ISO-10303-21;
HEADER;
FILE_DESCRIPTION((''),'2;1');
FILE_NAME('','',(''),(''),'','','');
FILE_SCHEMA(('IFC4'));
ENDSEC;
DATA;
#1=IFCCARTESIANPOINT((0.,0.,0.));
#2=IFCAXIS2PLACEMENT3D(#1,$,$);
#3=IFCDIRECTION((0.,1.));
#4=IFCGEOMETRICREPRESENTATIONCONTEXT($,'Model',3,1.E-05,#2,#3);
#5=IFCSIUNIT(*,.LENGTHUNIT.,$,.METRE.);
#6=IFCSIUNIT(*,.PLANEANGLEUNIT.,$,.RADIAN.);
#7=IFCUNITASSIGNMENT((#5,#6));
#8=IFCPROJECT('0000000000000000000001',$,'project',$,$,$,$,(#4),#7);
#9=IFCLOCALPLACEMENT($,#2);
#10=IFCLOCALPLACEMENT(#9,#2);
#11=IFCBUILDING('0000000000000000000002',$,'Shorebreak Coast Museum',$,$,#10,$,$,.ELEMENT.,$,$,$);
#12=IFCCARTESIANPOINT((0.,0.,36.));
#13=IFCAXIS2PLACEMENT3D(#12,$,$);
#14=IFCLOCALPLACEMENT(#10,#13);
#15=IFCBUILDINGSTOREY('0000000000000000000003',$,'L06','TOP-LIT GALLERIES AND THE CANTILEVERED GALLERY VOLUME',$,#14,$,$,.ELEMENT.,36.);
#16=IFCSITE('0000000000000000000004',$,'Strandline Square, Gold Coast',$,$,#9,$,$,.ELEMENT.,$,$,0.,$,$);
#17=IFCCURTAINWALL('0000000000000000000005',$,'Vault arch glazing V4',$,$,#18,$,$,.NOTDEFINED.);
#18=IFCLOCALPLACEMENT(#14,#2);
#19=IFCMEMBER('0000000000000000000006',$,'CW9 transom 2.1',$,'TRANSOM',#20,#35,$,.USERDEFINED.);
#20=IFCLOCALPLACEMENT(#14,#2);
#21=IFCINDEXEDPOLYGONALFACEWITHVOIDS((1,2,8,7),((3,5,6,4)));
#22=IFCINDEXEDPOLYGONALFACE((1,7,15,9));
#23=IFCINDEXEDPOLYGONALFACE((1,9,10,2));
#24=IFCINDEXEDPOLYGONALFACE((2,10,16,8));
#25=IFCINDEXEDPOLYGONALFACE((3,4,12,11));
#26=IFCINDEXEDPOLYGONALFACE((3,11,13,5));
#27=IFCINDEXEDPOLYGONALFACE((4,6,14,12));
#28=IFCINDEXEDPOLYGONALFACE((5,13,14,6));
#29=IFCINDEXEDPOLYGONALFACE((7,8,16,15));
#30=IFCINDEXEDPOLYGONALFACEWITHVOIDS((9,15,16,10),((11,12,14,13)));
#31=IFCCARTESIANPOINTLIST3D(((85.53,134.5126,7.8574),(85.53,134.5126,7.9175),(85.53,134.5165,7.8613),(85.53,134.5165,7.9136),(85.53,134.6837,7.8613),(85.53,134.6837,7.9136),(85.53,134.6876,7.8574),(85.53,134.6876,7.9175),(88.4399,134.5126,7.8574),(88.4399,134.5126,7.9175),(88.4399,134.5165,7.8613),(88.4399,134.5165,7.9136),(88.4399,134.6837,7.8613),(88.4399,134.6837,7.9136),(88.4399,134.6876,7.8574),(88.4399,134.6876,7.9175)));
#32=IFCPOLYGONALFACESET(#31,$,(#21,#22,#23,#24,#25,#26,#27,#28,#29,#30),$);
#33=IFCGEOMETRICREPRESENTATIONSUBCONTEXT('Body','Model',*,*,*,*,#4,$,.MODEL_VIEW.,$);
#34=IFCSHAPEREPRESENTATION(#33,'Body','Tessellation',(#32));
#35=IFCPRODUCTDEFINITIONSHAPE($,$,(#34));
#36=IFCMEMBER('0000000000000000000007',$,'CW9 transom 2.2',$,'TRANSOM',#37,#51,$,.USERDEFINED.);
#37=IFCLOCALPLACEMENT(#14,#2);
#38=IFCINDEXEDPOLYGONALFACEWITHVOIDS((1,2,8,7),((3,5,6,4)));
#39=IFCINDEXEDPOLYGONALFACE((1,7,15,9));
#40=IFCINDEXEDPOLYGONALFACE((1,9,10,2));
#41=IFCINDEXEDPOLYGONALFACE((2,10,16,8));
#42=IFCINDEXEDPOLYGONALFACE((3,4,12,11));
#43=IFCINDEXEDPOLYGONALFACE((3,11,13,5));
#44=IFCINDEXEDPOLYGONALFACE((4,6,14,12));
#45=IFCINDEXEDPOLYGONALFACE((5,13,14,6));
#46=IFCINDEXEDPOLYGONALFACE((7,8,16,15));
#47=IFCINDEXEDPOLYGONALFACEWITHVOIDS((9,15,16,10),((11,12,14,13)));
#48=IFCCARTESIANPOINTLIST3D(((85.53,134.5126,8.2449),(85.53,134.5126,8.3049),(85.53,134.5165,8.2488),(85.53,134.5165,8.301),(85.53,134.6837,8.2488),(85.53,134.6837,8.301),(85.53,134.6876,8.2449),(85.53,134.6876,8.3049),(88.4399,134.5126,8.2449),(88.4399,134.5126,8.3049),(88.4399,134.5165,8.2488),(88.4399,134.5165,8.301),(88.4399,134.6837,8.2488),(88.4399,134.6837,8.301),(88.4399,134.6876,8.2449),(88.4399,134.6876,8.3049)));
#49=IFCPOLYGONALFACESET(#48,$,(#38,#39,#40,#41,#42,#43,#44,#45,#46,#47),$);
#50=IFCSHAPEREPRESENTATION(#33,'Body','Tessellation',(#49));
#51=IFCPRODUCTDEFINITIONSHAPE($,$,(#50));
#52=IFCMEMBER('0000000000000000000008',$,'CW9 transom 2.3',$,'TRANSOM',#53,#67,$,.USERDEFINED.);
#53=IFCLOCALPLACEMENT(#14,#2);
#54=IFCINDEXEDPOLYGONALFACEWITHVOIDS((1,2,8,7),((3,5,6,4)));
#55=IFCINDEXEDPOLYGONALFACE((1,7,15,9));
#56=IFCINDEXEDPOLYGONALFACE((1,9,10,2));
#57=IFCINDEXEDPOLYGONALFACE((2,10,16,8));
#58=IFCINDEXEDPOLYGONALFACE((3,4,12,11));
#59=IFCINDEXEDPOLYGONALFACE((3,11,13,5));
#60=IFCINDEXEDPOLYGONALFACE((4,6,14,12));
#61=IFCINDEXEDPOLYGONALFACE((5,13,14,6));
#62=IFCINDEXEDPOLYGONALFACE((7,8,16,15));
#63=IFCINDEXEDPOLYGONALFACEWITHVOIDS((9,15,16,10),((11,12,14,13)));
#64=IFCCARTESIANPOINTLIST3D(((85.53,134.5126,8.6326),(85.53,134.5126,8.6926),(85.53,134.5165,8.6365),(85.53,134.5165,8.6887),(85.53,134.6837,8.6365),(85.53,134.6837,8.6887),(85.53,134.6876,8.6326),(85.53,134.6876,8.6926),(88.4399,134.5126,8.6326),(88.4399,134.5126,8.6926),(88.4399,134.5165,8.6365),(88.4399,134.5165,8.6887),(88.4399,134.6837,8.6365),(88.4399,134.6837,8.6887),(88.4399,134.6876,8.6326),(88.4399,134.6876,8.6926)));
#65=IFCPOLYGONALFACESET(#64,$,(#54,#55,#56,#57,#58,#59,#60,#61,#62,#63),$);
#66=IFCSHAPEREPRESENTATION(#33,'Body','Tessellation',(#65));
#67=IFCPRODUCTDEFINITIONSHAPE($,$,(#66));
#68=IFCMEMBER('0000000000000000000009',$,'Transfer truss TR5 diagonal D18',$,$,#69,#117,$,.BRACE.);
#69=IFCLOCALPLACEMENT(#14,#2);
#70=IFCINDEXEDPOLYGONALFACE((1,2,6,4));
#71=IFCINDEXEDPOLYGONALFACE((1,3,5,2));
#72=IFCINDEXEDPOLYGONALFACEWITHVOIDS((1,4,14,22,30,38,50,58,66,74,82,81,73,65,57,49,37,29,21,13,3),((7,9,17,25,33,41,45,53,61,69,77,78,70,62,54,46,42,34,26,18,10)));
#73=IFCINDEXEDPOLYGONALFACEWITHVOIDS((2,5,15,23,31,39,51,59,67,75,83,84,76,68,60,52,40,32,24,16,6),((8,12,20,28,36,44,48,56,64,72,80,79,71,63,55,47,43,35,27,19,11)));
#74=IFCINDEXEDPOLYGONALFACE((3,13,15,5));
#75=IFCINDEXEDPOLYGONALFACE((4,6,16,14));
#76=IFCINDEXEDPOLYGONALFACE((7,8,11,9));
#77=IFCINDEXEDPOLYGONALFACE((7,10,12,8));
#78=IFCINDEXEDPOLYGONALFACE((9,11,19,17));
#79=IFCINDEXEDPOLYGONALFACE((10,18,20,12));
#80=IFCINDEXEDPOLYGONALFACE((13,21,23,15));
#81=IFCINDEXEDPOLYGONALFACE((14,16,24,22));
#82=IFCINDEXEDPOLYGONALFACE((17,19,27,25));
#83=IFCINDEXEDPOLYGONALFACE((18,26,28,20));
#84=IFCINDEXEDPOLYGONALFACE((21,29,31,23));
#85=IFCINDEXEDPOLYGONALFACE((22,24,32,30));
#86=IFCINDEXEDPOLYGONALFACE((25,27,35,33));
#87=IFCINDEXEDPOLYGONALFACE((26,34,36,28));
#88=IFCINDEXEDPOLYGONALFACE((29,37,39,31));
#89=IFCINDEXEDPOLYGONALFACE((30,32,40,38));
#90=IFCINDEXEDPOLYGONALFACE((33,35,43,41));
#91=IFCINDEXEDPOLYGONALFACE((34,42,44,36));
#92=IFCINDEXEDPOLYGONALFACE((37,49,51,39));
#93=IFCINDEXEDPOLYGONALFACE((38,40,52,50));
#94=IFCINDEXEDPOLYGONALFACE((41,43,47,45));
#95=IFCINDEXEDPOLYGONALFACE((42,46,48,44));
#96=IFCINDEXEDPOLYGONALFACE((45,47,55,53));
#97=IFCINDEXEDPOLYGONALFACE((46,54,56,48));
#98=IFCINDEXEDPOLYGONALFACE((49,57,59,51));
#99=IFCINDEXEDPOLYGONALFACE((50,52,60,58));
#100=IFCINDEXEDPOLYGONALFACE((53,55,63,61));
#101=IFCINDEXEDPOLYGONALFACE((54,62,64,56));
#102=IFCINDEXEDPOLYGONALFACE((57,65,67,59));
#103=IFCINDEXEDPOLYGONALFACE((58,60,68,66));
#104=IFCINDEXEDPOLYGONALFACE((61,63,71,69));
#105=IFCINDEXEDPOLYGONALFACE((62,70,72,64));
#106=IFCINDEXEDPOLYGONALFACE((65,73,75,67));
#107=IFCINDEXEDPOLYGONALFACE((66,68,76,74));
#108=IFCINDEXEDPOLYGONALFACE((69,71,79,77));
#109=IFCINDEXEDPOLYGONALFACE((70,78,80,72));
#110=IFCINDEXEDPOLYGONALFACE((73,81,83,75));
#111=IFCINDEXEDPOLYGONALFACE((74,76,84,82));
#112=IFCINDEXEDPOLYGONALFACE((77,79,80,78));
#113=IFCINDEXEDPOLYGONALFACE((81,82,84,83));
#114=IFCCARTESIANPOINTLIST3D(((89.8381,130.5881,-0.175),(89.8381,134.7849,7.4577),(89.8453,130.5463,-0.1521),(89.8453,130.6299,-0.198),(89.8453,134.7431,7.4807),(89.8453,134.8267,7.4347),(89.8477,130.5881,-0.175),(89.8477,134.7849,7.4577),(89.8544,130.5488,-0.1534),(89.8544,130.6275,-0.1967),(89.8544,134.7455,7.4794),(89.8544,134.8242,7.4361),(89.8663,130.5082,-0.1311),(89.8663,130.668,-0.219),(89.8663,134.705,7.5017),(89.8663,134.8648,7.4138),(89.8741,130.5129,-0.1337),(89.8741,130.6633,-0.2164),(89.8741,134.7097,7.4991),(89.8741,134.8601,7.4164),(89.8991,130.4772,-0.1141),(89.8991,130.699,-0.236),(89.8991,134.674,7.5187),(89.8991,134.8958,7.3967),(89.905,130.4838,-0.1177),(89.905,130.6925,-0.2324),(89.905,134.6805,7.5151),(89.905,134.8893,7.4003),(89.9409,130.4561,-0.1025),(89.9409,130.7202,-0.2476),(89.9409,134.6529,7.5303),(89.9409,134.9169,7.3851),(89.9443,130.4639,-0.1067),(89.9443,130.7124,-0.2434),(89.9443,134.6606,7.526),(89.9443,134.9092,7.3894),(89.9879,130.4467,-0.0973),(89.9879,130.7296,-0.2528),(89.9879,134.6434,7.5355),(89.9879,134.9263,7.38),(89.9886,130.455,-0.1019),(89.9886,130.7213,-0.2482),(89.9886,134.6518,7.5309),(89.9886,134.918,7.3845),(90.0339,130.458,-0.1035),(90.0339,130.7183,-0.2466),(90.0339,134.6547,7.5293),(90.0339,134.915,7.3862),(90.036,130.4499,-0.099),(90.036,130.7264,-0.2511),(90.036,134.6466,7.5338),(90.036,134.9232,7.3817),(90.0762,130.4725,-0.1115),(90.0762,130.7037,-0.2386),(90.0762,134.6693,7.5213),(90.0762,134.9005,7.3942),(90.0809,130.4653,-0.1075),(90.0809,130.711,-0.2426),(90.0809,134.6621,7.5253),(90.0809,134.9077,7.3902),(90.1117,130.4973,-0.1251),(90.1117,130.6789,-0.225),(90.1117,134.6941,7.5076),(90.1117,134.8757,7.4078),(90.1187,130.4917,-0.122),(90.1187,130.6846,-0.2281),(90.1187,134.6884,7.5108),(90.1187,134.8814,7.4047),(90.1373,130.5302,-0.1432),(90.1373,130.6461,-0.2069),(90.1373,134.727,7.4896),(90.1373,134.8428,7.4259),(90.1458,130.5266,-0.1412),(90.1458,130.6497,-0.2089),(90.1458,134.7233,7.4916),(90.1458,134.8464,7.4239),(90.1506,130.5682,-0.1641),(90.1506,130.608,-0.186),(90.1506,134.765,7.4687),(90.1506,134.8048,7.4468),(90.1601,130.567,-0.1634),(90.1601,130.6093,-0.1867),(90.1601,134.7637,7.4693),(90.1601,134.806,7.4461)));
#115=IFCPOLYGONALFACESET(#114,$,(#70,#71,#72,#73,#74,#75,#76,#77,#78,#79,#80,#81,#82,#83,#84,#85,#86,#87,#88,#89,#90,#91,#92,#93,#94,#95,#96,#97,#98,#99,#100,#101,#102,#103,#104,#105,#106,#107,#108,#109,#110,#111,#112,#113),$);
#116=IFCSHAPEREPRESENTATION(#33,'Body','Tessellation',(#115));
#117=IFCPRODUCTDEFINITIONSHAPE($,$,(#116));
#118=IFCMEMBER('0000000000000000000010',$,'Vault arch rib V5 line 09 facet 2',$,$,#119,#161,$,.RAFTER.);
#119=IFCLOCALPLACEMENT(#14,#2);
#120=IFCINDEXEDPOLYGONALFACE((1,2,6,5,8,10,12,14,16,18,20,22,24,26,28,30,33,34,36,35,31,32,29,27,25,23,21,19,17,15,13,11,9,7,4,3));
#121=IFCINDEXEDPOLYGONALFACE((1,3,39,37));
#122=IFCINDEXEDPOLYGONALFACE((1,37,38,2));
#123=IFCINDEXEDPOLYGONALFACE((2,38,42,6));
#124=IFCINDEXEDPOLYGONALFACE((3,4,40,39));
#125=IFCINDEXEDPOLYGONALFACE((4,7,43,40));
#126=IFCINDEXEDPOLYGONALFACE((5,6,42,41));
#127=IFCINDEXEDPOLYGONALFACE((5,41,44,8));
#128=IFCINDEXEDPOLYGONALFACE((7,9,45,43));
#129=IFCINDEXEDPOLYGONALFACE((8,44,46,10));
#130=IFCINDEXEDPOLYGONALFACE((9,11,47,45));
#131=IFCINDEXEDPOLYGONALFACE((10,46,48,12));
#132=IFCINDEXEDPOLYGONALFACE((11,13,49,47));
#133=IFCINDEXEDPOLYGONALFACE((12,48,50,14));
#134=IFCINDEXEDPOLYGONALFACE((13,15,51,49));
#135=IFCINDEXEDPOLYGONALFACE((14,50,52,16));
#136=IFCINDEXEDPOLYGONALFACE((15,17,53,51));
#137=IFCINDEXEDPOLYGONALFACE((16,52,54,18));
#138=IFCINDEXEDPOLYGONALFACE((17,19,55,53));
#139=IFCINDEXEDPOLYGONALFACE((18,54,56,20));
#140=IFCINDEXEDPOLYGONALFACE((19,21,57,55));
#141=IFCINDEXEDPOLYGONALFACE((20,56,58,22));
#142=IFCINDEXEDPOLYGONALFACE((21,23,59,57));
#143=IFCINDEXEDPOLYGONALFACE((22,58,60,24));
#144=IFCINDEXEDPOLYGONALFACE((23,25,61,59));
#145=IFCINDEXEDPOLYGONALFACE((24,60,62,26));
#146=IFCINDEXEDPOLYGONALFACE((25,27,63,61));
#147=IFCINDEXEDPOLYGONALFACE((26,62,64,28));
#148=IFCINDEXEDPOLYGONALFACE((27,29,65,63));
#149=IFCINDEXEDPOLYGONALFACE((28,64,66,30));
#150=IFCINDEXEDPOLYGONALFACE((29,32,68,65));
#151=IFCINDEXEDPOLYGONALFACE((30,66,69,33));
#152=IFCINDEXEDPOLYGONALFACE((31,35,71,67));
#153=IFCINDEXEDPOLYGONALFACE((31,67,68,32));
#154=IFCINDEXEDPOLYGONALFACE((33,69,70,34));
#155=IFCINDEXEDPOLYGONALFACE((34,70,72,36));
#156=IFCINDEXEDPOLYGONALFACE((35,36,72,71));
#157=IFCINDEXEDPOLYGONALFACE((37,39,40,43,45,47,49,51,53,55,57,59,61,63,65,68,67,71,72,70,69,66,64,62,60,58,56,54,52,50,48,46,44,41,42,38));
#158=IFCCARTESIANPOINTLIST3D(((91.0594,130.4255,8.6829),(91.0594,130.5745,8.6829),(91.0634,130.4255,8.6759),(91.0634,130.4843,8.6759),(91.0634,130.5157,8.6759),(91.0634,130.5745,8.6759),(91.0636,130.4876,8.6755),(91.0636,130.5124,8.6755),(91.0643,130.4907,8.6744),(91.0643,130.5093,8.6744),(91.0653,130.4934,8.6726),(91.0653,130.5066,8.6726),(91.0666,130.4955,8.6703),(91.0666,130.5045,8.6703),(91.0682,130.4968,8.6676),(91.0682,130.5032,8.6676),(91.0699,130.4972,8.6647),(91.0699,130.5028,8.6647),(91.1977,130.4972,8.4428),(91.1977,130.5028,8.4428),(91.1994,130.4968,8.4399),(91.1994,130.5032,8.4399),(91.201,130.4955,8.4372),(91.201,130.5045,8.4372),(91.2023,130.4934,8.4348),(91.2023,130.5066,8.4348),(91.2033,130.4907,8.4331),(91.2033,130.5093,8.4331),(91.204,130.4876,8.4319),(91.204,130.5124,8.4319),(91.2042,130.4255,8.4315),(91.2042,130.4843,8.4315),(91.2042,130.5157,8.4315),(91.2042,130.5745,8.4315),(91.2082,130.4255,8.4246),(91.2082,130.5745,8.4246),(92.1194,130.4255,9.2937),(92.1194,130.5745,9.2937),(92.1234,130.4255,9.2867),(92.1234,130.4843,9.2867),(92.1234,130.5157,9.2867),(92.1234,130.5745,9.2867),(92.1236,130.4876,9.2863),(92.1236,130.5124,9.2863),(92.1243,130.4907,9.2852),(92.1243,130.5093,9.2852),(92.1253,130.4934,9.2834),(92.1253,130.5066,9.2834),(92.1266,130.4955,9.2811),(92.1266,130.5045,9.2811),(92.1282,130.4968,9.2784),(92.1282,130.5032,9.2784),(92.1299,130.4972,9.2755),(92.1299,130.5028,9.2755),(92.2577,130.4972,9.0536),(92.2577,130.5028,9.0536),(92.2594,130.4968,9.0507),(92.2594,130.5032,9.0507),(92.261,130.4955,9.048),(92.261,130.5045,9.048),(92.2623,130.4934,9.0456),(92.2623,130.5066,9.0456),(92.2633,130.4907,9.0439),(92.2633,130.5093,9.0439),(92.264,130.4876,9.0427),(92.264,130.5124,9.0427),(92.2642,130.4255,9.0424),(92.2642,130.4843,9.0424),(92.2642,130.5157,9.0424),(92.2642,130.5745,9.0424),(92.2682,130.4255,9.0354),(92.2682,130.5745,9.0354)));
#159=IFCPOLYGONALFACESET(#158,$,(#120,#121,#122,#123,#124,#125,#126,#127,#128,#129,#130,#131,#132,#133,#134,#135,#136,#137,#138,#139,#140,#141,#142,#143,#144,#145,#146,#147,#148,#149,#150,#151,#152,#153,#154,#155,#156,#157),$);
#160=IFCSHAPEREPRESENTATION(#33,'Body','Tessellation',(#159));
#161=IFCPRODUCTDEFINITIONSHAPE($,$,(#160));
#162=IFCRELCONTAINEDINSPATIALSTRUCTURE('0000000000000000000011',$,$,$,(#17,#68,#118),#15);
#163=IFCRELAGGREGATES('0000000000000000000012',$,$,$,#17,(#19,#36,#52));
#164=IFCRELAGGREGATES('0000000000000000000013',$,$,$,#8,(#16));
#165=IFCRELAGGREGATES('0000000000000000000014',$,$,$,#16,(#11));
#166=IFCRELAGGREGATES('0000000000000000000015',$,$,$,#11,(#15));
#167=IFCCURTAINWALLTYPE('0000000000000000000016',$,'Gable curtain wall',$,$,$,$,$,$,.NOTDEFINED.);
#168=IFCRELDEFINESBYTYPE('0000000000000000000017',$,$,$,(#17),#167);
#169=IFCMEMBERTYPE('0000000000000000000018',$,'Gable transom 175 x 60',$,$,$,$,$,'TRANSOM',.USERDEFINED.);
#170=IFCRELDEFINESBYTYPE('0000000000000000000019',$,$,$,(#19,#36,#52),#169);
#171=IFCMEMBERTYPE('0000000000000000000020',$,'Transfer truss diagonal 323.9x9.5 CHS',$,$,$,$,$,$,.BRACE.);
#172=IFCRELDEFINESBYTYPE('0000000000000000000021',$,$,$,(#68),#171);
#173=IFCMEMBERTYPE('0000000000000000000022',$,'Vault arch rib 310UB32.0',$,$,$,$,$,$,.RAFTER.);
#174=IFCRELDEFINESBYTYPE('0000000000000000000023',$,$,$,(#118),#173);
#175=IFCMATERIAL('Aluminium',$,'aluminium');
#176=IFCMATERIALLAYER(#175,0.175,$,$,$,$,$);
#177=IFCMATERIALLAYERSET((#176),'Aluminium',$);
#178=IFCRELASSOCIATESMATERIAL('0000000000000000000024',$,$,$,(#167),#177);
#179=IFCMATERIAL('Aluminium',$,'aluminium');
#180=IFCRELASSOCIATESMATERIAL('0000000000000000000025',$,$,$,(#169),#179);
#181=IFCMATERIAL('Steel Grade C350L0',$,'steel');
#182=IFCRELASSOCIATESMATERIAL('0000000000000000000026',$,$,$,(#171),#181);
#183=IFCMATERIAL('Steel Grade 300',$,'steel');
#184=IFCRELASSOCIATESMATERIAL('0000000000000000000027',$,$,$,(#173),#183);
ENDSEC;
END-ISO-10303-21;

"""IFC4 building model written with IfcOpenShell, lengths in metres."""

from ifc_helpers import new_model, si_unit, direction, frame, origin, origin_2d, place, context, subcontext, project, spatial, hollow_rectangle, hollow_circle, i_section, extrude, material, layer, layer_set, material_profile, profile_set, type_object, element, aggregate, save


model = new_model("IFC4")

# Units and contexts
model_context = context("Model", 3, precision=1e-05, world=origin(), true_north=direction((0.0, 1.0)))
body_context = subcontext(model_context, "Body", "Model", "MODEL_VIEW")
ifc_project = project(units=[si_unit("LENGTHUNIT", "METRE"), si_unit("PLANEANGLEUNIT", "RADIAN")], contexts=[model_context])

# Site, building, storey
site_placement = place(None, origin())
site = spatial("IfcSite", under=ifc_project, at=site_placement, Name="Strandline Square, Gold Coast", CompositionType="ELEMENT", RefElevation=0.0)
building_placement = place(site_placement, origin())
building = spatial("IfcBuilding", under=site, at=building_placement, Name="Shorebreak Coast Museum", CompositionType="ELEMENT")
storey_placement = place(building_placement, frame((0.0, 0.0, 36.0)))
storey = spatial("IfcBuildingStorey", under=building, at=storey_placement, Name="L06", Description="TOP-LIT GALLERIES AND THE CANTILEVERED GALLERY VOLUME", CompositionType="ELEMENT", Elevation=36.0)

# Curtain wall, members
ifc_material_1 = material(Name="Aluminium", Category="aluminium")
ifc_layer_1 = layer(ifc_material_1, 0.175)
ifc_layer_set_1 = layer_set([ifc_layer_1], Name="Aluminium")
curtain_wall_type_1 = type_object("IfcCurtainWallType", Name="Gable curtain wall", PredefinedType="NOTDEFINED", material=ifc_layer_set_1)
curtain_wall_1_placement = place(storey_placement, origin())
curtain_wall_1 = element("IfcCurtainWall", 1, at=curtain_wall_1_placement, inside=storey, type_object=curtain_wall_type_1, Name="Vault arch glazing V4", PredefinedType="NOTDEFINED")
ifc_material_2 = material(Name="Aluminium", Category="aluminium")
ifc_material_profile_1 = material_profile(ifc_material_2, hollow_rectangle(XDim=0.175, YDim=0.0601, WallThickness=0.0039, at=origin_2d()), Name="AL 60x175 RHS")
ifc_profile_set_1 = profile_set([ifc_material_profile_1], Name="Aluminium")
member_type_1 = type_object("IfcMemberType", Name="Gable transom 175 x 60", ElementType="TRANSOM", PredefinedType="USERDEFINED", material=ifc_profile_set_1)
member_1_placement = place(storey_placement, frame((85.53, 134.6001, 7.8875), z_axis=(1.0, 0.0, 0.0), x_axis=(0.0, 1.0, 0.0)))
member_1 = element("IfcMember", 2, at=member_1_placement, type_object=member_type_1, Name="CW9 transom 2.1", ObjectType="TRANSOM", PredefinedType="USERDEFINED", context=body_context, shape_type="SweptSolid", body=[
    extrude(hollow_rectangle(XDim=0.175, YDim=0.0601, WallThickness=0.0039, at=origin_2d()), origin(), (0.0, 0.0, 1.0), 2.9099),
])
member_2_placement = place(storey_placement, frame((85.53, 134.6001, 8.2749), z_axis=(1.0, 0.0, 0.0), x_axis=(0.0, 1.0, 0.0)))
member_2 = element("IfcMember", 3, at=member_2_placement, type_object=member_type_1, Name="CW9 transom 2.2", ObjectType="TRANSOM", PredefinedType="USERDEFINED", context=body_context, shape_type="SweptSolid", body=[
    extrude(hollow_rectangle(XDim=0.175, YDim=0.0601, WallThickness=0.0039, at=origin_2d()), origin(), (0.0, 0.0, 1.0), 2.9099),
])
member_3_placement = place(storey_placement, frame((85.53, 134.6001, 8.6626), z_axis=(1.0, 0.0, 0.0), x_axis=(0.0, 1.0, 0.0)))
member_3 = element("IfcMember", 4, at=member_3_placement, type_object=member_type_1, Name="CW9 transom 2.3", ObjectType="TRANSOM", PredefinedType="USERDEFINED", context=body_context, shape_type="SweptSolid", body=[
    extrude(hollow_rectangle(XDim=0.175, YDim=0.0601, WallThickness=0.0039, at=origin_2d()), origin(), (0.0, 0.0, 1.0), 2.9099),
])
aggregate(curtain_wall_1, [member_1, member_2, member_3])

# Members
ifc_material_3 = material(Name="Steel Grade C350L0", Category="steel")
ifc_material_profile_2 = material_profile(ifc_material_3, hollow_circle(Radius=0.1619, WallThickness=0.0095, at=origin_2d()), Name="323.9x9.5 CHS")
ifc_profile_set_2 = profile_set([ifc_material_profile_2], Name="Steel Grade C350L0")
member_type_2 = type_object("IfcMemberType", Name="Transfer truss diagonal 323.9x9.5 CHS", PredefinedType="BRACE", material=ifc_profile_set_2)
member_4_placement = place(storey_placement, frame((90.0, 130.5881, -0.175), z_axis=(0.0, 0.481807, 0.876277), x_axis=(-1.0, 0.0, 0.0)))
element("IfcMember", 5, at=member_4_placement, inside=storey, type_object=member_type_2, Name="Transfer truss TR5 diagonal D18", PredefinedType="BRACE", context=body_context, shape_type="SweptSolid", body=[
    extrude(hollow_circle(Radius=0.1619, WallThickness=0.0095, at=origin_2d()), origin(), (0.0, 0.0, 1.0), 8.7104),
])
ifc_material_4 = material(Name="Steel Grade 300", Category="steel")
ifc_material_profile_3 = material_profile(ifc_material_4, i_section(OverallWidth=0.1489, OverallDepth=0.2981, WebThickness=0.0056, FlangeThickness=0.0081, FilletRadius=0.0129, at=origin_2d()), Name="310UB32.0")
ifc_profile_set_3 = profile_set([ifc_material_profile_3], Name="Steel Grade 300")
member_type_3 = type_object("IfcMemberType", Name="Vault arch rib 310UB32.0", PredefinedType="RAFTER", material=ifc_profile_set_3)
for number, where, z_axis, x_axis, name in (
    (6, (91.1338, 130.5, 8.5537), (0.866445, 0.0, 0.499273), (0.0, 1.0, 0.0), "Vault arch rib V5 line 09 facet 2"),
):
    element("IfcMember", number, at=place(storey_placement, frame(where, z_axis=z_axis, x_axis=x_axis)), inside=storey, type_object=member_type_3, Name=name, PredefinedType="RAFTER", context=body_context, shape_type="SweptSolid", body=[
        extrude(i_section(OverallWidth=0.1489, OverallDepth=0.2981, WebThickness=0.0056, FlangeThickness=0.0081, FilletRadius=0.0129, at=origin_2d()), origin(), (0.0, 0.0, 1.0), 1.2234),
    ])

save(model, "model.ifc")
